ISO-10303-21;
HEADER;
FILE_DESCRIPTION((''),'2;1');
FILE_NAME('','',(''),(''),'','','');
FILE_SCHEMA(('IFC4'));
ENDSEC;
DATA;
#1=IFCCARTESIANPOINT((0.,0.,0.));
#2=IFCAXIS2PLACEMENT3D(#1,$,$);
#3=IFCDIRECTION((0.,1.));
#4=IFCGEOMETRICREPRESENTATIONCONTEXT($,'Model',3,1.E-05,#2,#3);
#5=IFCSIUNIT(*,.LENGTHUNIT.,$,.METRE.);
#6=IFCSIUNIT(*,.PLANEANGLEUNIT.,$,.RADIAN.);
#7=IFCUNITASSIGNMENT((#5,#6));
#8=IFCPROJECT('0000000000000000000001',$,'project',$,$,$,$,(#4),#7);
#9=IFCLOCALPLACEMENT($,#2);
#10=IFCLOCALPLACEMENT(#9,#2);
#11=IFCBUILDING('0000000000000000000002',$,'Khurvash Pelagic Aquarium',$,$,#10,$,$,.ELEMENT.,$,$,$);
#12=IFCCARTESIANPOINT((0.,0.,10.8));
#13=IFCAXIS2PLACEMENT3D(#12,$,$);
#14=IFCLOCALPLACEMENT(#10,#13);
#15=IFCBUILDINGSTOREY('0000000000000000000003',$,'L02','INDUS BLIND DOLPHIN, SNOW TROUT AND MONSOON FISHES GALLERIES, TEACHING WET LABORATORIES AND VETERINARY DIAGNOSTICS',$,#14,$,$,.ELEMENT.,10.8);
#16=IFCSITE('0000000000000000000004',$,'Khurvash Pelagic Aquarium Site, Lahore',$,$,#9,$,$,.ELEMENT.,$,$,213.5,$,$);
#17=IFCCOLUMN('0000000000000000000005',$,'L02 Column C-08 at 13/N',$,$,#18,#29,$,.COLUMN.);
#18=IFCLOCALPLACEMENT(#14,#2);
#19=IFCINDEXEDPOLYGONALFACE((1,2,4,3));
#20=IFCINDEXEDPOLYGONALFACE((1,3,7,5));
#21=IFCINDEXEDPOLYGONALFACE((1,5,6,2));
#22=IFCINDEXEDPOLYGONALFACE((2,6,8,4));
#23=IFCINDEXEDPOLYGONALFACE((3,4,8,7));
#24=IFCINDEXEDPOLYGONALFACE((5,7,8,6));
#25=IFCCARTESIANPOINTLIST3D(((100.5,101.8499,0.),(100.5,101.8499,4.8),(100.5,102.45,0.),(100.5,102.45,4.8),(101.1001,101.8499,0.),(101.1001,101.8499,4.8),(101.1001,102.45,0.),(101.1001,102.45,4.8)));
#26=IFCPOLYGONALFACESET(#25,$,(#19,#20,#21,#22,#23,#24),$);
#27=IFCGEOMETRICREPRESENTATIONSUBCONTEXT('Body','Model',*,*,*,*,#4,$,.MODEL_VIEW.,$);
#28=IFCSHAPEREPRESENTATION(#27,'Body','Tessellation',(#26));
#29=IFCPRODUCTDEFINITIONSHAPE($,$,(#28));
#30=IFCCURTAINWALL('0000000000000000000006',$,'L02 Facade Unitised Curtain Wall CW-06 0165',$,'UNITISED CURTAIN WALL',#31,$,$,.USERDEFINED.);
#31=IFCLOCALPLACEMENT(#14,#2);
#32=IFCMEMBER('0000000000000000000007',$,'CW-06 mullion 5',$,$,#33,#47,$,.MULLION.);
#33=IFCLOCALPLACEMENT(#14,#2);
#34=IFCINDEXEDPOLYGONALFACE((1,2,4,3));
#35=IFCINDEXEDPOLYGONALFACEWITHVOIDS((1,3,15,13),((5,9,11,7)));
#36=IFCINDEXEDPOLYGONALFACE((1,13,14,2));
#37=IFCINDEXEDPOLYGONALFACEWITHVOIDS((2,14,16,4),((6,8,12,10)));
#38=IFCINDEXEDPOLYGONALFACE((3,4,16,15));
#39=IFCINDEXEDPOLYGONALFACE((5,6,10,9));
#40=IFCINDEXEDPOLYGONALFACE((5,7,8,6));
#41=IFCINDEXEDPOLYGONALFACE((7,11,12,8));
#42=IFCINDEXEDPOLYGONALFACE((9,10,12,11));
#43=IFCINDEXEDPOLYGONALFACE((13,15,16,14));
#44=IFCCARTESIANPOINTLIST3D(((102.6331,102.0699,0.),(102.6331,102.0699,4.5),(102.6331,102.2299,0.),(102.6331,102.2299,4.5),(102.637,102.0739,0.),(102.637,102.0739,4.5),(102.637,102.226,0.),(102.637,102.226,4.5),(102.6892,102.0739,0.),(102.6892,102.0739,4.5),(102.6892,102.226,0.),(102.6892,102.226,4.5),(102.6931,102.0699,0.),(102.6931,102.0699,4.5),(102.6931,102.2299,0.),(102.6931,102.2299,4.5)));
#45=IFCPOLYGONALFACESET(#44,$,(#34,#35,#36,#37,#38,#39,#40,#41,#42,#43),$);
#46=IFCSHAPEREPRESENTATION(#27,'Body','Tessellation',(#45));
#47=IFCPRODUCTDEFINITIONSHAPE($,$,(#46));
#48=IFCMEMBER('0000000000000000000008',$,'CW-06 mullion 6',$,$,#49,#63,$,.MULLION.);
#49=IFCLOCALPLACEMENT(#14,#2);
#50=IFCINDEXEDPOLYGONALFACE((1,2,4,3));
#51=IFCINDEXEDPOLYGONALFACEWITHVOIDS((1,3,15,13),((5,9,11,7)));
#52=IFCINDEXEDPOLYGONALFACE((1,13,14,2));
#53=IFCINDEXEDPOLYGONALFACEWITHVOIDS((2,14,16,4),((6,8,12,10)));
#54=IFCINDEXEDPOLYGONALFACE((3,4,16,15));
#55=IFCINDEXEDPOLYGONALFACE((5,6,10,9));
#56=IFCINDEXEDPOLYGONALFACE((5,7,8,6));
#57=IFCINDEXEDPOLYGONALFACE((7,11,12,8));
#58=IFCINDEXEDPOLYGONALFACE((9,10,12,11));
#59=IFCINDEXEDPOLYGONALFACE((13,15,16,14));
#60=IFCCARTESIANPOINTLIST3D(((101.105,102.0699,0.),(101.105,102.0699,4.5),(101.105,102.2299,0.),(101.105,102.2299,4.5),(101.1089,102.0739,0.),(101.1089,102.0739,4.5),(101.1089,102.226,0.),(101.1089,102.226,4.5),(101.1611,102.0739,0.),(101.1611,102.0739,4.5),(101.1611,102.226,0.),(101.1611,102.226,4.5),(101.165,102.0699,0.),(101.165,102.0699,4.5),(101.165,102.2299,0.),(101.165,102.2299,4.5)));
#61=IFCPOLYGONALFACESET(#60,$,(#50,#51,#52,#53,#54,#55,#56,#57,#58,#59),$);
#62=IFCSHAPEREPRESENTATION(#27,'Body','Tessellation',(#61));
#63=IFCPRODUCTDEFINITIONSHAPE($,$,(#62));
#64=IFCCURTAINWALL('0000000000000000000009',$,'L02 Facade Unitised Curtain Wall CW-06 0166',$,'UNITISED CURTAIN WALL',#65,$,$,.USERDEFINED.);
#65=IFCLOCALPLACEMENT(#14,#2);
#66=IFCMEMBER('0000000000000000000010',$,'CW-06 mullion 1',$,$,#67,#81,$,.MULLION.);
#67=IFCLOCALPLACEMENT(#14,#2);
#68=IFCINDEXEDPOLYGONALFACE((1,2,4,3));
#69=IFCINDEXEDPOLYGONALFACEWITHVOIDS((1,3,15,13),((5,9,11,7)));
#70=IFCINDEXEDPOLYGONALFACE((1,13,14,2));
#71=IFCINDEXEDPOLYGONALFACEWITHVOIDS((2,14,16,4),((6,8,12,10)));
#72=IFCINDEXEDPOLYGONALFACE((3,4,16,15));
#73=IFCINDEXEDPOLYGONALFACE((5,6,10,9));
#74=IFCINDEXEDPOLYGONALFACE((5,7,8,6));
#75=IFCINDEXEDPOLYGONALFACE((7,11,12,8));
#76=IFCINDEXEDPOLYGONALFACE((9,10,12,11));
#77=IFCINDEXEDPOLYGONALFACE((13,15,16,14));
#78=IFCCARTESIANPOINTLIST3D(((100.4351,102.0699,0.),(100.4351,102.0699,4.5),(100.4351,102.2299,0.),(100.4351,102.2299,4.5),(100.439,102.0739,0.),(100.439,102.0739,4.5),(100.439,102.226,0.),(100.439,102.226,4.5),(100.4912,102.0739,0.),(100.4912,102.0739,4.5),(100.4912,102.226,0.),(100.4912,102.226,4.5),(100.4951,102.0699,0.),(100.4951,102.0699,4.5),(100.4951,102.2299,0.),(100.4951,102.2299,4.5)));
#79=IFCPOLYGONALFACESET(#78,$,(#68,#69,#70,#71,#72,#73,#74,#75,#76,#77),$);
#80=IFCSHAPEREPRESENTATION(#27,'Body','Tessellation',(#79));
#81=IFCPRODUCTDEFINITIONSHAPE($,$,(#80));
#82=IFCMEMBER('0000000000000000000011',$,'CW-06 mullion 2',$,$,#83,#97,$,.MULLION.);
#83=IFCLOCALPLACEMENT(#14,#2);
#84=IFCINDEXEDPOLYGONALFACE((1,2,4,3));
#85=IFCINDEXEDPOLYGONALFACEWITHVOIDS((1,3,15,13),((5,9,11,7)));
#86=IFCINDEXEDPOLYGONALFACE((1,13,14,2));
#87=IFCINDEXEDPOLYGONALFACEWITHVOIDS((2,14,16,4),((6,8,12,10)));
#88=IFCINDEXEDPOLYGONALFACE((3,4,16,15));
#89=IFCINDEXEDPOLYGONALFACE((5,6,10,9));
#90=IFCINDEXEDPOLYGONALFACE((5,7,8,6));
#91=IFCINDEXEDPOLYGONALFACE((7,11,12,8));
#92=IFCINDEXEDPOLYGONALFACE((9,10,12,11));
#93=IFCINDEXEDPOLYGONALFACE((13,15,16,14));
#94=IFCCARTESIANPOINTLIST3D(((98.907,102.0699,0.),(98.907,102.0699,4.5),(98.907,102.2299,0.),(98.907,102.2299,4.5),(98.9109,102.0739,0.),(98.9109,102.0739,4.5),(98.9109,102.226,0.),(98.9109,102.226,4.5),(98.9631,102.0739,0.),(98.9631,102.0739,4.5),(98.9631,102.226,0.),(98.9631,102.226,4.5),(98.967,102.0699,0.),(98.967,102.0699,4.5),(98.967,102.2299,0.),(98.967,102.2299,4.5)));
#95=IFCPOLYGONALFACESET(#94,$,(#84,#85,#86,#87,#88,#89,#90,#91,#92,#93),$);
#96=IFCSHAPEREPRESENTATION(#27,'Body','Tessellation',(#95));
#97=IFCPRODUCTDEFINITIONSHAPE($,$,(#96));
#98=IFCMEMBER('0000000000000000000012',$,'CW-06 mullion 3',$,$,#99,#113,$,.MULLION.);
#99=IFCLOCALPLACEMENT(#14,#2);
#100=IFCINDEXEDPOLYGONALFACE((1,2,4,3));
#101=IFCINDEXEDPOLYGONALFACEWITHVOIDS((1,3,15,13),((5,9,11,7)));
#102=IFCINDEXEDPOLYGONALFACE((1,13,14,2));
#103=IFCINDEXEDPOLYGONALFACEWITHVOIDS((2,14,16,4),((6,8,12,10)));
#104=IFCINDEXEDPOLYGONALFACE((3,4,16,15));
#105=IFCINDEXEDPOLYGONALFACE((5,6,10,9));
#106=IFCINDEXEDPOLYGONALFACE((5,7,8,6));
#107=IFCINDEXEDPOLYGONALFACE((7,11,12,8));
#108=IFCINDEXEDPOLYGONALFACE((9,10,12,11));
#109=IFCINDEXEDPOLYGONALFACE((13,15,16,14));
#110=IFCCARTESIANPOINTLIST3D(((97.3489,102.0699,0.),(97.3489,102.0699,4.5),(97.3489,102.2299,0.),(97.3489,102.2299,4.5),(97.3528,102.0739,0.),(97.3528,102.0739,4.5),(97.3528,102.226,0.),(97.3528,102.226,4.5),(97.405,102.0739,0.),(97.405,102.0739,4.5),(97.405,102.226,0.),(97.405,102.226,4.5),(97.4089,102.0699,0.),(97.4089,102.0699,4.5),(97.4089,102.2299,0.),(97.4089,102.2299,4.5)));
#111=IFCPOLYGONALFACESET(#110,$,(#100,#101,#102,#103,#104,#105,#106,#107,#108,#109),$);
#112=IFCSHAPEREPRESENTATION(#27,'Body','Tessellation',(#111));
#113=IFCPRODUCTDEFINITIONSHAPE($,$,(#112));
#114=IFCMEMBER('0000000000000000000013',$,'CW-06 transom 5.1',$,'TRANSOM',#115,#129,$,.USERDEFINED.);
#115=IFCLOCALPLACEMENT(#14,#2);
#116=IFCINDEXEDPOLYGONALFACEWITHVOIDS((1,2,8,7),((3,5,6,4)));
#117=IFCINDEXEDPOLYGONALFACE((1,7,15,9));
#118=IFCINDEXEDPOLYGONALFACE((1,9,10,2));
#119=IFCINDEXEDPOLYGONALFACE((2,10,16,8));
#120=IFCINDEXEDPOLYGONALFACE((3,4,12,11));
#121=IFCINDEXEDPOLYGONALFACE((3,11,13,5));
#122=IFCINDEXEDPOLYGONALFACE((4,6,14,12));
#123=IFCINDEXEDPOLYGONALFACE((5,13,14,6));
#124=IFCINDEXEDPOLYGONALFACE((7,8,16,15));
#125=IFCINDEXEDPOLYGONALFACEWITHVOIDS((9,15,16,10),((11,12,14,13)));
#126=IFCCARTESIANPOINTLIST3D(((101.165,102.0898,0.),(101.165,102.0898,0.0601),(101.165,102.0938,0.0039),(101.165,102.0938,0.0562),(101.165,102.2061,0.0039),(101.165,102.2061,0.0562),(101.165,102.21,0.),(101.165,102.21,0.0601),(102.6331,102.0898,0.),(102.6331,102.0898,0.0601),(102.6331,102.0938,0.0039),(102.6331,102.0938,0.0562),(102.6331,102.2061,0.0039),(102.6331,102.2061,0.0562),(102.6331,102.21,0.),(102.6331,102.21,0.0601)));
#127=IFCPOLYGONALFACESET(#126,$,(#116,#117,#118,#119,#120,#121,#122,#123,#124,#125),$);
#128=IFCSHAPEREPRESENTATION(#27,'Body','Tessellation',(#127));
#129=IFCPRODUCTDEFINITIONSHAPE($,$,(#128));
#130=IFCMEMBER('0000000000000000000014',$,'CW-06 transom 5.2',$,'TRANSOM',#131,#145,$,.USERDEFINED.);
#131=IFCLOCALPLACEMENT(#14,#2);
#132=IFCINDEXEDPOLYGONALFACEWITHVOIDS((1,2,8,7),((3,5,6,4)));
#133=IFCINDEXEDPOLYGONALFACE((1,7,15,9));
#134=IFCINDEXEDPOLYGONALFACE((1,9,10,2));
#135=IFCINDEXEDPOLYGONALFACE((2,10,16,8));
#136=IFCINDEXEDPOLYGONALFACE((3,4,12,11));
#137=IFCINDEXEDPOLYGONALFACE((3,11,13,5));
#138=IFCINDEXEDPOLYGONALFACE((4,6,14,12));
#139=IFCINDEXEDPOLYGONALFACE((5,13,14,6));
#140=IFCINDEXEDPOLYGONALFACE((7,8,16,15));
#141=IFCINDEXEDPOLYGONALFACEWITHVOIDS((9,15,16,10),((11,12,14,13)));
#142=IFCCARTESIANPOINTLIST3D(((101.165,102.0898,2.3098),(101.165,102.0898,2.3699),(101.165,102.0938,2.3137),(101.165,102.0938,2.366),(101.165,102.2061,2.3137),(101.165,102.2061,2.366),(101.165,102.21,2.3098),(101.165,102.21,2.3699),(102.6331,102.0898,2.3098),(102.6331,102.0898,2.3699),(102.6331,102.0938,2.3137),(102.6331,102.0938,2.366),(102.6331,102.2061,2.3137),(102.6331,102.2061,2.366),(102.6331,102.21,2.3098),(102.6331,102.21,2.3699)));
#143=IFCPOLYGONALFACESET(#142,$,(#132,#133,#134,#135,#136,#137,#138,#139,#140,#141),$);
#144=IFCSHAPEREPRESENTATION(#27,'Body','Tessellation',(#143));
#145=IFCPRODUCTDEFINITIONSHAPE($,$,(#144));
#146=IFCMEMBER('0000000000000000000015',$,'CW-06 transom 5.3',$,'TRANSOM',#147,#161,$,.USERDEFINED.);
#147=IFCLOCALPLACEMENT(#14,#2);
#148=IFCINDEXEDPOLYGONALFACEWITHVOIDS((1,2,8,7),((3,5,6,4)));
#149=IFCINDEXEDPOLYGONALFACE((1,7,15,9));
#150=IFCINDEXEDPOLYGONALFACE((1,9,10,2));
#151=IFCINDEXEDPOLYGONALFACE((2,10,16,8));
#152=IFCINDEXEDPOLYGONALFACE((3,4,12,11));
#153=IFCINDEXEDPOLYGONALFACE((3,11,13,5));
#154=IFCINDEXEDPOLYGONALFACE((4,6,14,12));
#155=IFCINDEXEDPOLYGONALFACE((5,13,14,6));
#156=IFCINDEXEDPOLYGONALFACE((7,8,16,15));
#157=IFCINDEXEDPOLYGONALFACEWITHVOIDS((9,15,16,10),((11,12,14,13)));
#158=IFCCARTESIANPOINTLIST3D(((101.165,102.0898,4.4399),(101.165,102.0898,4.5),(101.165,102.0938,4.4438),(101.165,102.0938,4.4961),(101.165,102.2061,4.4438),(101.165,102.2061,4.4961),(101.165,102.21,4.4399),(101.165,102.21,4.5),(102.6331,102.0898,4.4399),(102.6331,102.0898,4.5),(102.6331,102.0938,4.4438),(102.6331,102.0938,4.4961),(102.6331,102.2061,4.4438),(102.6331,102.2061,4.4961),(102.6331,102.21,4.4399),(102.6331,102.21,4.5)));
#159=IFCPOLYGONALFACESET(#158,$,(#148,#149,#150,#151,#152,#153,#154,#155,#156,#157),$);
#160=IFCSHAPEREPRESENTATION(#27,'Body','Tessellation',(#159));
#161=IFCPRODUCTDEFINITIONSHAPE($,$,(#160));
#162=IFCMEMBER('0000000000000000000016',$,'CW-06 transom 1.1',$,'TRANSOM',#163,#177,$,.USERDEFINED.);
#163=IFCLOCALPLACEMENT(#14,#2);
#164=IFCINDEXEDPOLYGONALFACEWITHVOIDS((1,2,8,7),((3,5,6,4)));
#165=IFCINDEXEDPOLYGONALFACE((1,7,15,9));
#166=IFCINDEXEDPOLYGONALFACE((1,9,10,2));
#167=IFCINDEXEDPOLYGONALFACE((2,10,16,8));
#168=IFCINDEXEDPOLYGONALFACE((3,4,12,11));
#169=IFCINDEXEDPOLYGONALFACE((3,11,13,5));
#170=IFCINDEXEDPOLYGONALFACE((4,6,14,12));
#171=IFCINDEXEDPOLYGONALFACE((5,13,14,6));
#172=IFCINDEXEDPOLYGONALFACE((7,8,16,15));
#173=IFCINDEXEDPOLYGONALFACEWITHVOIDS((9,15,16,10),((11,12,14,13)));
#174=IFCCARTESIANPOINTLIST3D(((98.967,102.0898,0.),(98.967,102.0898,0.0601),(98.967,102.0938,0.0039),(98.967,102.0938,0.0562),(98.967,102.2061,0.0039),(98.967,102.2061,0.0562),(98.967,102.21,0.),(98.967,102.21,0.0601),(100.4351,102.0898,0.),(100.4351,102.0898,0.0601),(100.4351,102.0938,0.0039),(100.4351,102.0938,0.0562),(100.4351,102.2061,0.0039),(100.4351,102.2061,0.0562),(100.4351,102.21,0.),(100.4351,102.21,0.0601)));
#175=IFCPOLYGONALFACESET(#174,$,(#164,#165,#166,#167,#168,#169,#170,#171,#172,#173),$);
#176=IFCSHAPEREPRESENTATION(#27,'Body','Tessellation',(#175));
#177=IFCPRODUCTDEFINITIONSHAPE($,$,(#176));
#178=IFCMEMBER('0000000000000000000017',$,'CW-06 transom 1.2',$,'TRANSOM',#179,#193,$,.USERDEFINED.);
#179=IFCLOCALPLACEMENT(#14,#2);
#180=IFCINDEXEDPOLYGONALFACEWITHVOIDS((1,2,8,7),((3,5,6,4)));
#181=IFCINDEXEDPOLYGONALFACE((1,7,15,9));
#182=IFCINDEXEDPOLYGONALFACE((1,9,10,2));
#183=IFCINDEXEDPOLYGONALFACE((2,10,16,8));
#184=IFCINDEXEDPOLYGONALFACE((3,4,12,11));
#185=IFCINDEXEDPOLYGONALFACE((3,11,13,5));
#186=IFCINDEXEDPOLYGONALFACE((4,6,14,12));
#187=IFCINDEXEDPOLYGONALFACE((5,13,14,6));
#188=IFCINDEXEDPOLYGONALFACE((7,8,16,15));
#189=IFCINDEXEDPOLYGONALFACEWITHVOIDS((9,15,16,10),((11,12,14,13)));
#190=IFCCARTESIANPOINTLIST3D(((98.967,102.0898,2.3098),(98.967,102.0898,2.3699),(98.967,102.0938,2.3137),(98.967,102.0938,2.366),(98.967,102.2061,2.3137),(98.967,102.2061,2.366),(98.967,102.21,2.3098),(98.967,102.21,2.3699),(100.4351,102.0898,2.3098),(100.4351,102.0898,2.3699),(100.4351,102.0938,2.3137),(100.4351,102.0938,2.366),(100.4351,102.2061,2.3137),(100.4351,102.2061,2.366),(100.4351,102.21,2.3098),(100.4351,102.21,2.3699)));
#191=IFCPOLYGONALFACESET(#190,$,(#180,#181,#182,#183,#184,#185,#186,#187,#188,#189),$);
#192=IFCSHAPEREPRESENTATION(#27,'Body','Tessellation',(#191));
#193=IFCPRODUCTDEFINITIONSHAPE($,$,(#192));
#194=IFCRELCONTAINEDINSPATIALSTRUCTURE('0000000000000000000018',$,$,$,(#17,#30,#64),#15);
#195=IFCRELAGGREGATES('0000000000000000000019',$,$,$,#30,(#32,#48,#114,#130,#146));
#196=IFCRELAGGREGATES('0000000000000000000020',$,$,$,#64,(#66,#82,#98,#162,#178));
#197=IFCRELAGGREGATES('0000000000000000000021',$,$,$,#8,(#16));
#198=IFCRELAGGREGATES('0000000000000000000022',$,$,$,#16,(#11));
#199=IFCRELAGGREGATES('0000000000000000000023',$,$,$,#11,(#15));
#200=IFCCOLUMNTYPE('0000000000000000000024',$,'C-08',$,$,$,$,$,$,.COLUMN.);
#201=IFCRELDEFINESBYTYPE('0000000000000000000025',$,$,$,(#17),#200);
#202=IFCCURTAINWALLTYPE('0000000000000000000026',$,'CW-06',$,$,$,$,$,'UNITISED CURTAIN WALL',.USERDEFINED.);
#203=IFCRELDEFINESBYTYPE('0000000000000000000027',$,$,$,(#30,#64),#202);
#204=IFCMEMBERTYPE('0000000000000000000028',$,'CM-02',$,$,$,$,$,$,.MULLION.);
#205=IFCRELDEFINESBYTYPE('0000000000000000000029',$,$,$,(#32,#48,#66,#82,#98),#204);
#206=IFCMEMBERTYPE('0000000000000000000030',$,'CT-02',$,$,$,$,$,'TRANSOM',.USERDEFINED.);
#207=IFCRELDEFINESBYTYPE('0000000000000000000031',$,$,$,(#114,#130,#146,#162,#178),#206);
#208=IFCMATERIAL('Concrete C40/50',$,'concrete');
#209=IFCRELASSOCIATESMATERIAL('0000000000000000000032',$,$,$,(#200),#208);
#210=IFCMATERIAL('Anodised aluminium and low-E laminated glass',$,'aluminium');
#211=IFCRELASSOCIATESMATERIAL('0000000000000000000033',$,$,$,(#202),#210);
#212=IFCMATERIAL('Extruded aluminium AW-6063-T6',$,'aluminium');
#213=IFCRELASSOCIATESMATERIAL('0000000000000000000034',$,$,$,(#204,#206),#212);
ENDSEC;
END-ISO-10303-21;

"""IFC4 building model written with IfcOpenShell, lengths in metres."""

from ifc_helpers import new_model, si_unit, direction, frame, origin, origin_2d, place, context, subcontext, project, spatial, rectangle, hollow_rectangle, extrude, material, material_profile, profile_set, type_object, element, aggregate, save


model = new_model("IFC4")

# Units and contexts
model_context = context("Model", 3, precision=1e-05, world=origin(), true_north=direction((0.0, 1.0)))
body_context = subcontext(model_context, "Body", "Model", "MODEL_VIEW")
ifc_project = project(units=[si_unit("LENGTHUNIT", "METRE"), si_unit("PLANEANGLEUNIT", "RADIAN")], contexts=[model_context])

# Site, building, storey
site_placement = place(None, origin())
site = spatial("IfcSite", under=ifc_project, at=site_placement, Name="Khurvash Pelagic Aquarium Site, Lahore", CompositionType="ELEMENT", RefElevation=213.5)
building_placement = place(site_placement, origin())
building = spatial("IfcBuilding", under=site, at=building_placement, Name="Khurvash Pelagic Aquarium", CompositionType="ELEMENT")
storey_placement = place(building_placement, frame((0.0, 0.0, 10.8)))
storey = spatial("IfcBuildingStorey", under=building, at=storey_placement, Name="L02", Description="INDUS BLIND DOLPHIN, SNOW TROUT AND MONSOON FISHES GALLERIES, TEACHING WET LABORATORIES AND VETERINARY DIAGNOSTICS", CompositionType="ELEMENT", Elevation=10.8)

# Column
ifc_material_1 = material(Name="Concrete C40/50", Category="concrete")
ifc_material_profile_1 = material_profile(ifc_material_1, rectangle(XDim=0.6001, YDim=0.6001, at=origin_2d()), Name="RC600X600")
ifc_profile_set_1 = profile_set([ifc_material_profile_1], Name="Concrete C40/50")
column_type = type_object("IfcColumnType", Name="C-08", PredefinedType="COLUMN", material=ifc_profile_set_1)
column_placement = place(storey_placement, frame((100.8, 102.1499, 0.0), z_axis=(0.0, 0.0, 1.0), x_axis=(1.0, 0.0, 0.0)))
element("IfcColumn", 1, at=column_placement, inside=storey, type_object=column_type, Name="L02 Column C-08 at 13/N", PredefinedType="COLUMN", context=body_context, shape_type="SweptSolid", body=[
    extrude(rectangle(XDim=0.6001, YDim=0.6001, at=origin_2d()), origin(), (0.0, 0.0, 1.0), 4.8),
])

# Curtain walls, members
ifc_material_2 = material(Name="Anodised aluminium and low-E laminated glass", Category="aluminium")
curtain_wall_type = type_object("IfcCurtainWallType", Name="CW-06", ElementType="UNITISED CURTAIN WALL", PredefinedType="USERDEFINED", material=ifc_material_2)
curtain_wall_1_placement = place(storey_placement, origin())
curtain_wall_1 = element("IfcCurtainWall", 2, at=curtain_wall_1_placement, inside=storey, type_object=curtain_wall_type, Name="L02 Facade Unitised Curtain Wall CW-06 0165", ObjectType="UNITISED CURTAIN WALL", PredefinedType="USERDEFINED")
ifc_material_3 = material(Name="Extruded aluminium AW-6063-T6", Category="aluminium")
ifc_material_profile_2 = material_profile(ifc_material_3, hollow_rectangle(XDim=0.0601, YDim=0.1599, WallThickness=0.0039, at=origin_2d()), Name="CWM60X160X4")
ifc_profile_set_2 = profile_set([ifc_material_profile_2], Name="Extruded aluminium AW-6063-T6")
member_type_1 = type_object("IfcMemberType", Name="CM-02", PredefinedType="MULLION", material=ifc_profile_set_2)
member_1_placement = place(storey_placement, frame((102.6631, 102.1499, 0.0), z_axis=(0.0, 0.0, 1.0), x_axis=(-1.0, 0.0, 0.0)))
member_1 = element("IfcMember", 3, at=member_1_placement, type_object=member_type_1, Name="CW-06 mullion 5", PredefinedType="MULLION", context=body_context, shape_type="SweptSolid", body=[
    extrude(hollow_rectangle(XDim=0.0601, YDim=0.1599, WallThickness=0.0039, at=origin_2d()), origin(), (0.0, 0.0, 1.0), 4.5),
])
member_2_placement = place(storey_placement, frame((101.135, 102.1499, 0.0), z_axis=(0.0, 0.0, 1.0), x_axis=(-1.0, 0.0, 0.0)))
member_2 = element("IfcMember", 4, at=member_2_placement, type_object=member_type_1, Name="CW-06 mullion 6", PredefinedType="MULLION", context=body_context, shape_type="SweptSolid", body=[
    extrude(hollow_rectangle(XDim=0.0601, YDim=0.1599, WallThickness=0.0039, at=origin_2d()), origin(), (0.0, 0.0, 1.0), 4.5),
])
curtain_wall_2_placement = place(storey_placement, origin())
curtain_wall_2 = element("IfcCurtainWall", 5, at=curtain_wall_2_placement, inside=storey, type_object=curtain_wall_type, Name="L02 Facade Unitised Curtain Wall CW-06 0166", ObjectType="UNITISED CURTAIN WALL", PredefinedType="USERDEFINED")
member_3_placement = place(storey_placement, frame((100.4651, 102.1499, 0.0), z_axis=(0.0, 0.0, 1.0), x_axis=(-1.0, 0.0, 0.0)))
member_3 = element("IfcMember", 6, at=member_3_placement, type_object=member_type_1, Name="CW-06 mullion 1", PredefinedType="MULLION", context=body_context, shape_type="SweptSolid", body=[
    extrude(hollow_rectangle(XDim=0.0601, YDim=0.1599, WallThickness=0.0039, at=origin_2d()), origin(), (0.0, 0.0, 1.0), 4.5),
])
member_4_placement = place(storey_placement, frame((98.937, 102.1499, 0.0), z_axis=(0.0, 0.0, 1.0), x_axis=(-1.0, 0.0, 0.0)))
member_4 = element("IfcMember", 7, at=member_4_placement, type_object=member_type_1, Name="CW-06 mullion 2", PredefinedType="MULLION", context=body_context, shape_type="SweptSolid", body=[
    extrude(hollow_rectangle(XDim=0.0601, YDim=0.1599, WallThickness=0.0039, at=origin_2d()), origin(), (0.0, 0.0, 1.0), 4.5),
])
member_5_placement = place(storey_placement, frame((97.3789, 102.1499, 0.0), z_axis=(0.0, 0.0, 1.0), x_axis=(-1.0, 0.0, 0.0)))
member_5 = element("IfcMember", 8, at=member_5_placement, type_object=member_type_1, Name="CW-06 mullion 3", PredefinedType="MULLION", context=body_context, shape_type="SweptSolid", body=[
    extrude(hollow_rectangle(XDim=0.0601, YDim=0.1599, WallThickness=0.0039, at=origin_2d()), origin(), (0.0, 0.0, 1.0), 4.5),
])

# Members
ifc_material_profile_3 = material_profile(ifc_material_3, hollow_rectangle(XDim=0.1201, YDim=0.0601, WallThickness=0.0039, at=origin_2d()), Name="CWT120X60X4")
ifc_profile_set_3 = profile_set([ifc_material_profile_3], Name="Extruded aluminium AW-6063-T6")
member_type_2 = type_object("IfcMemberType", Name="CT-02", ElementType="TRANSOM", PredefinedType="USERDEFINED", material=ifc_profile_set_3)
member_6_placement = place(storey_placement, frame((102.6331, 102.1499, 0.03), z_axis=(-1.0, 0.0, 0.0), x_axis=(0.0, -1.0, 0.0)))
member_6 = element("IfcMember", 9, at=member_6_placement, type_object=member_type_2, Name="CW-06 transom 5.1", ObjectType="TRANSOM", PredefinedType="USERDEFINED", context=body_context, shape_type="SweptSolid", body=[
    extrude(hollow_rectangle(XDim=0.1201, YDim=0.0601, WallThickness=0.0039, at=origin_2d()), origin(), (0.0, 0.0, 1.0), 1.468),
])
member_7_placement = place(storey_placement, frame((102.6331, 102.1499, 2.3398), z_axis=(-1.0, 0.0, 0.0), x_axis=(0.0, -1.0, 0.0)))
member_7 = element("IfcMember", 10, at=member_7_placement, type_object=member_type_2, Name="CW-06 transom 5.2", ObjectType="TRANSOM", PredefinedType="USERDEFINED", context=body_context, shape_type="SweptSolid", body=[
    extrude(hollow_rectangle(XDim=0.1201, YDim=0.0601, WallThickness=0.0039, at=origin_2d()), origin(), (0.0, 0.0, 1.0), 1.468),
])
member_8_placement = place(storey_placement, frame((102.6331, 102.1499, 4.47), z_axis=(-1.0, 0.0, 0.0), x_axis=(0.0, -1.0, 0.0)))
member_8 = element("IfcMember", 11, at=member_8_placement, type_object=member_type_2, Name="CW-06 transom 5.3", ObjectType="TRANSOM", PredefinedType="USERDEFINED", context=body_context, shape_type="SweptSolid", body=[
    extrude(hollow_rectangle(XDim=0.1201, YDim=0.0601, WallThickness=0.0039, at=origin_2d()), origin(), (0.0, 0.0, 1.0), 1.468),
])
member_9_placement = place(storey_placement, frame((100.4351, 102.1499, 0.03), z_axis=(-1.0, 0.0, 0.0), x_axis=(0.0, -1.0, 0.0)))
member_9 = element("IfcMember", 12, at=member_9_placement, type_object=member_type_2, Name="CW-06 transom 1.1", ObjectType="TRANSOM", PredefinedType="USERDEFINED", context=body_context, shape_type="SweptSolid", body=[
    extrude(hollow_rectangle(XDim=0.1201, YDim=0.0601, WallThickness=0.0039, at=origin_2d()), origin(), (0.0, 0.0, 1.0), 1.468),
])
member_10_placement = place(storey_placement, frame((100.4351, 102.1499, 2.3398), z_axis=(-1.0, 0.0, 0.0), x_axis=(0.0, -1.0, 0.0)))
member_10 = element("IfcMember", 13, at=member_10_placement, type_object=member_type_2, Name="CW-06 transom 1.2", ObjectType="TRANSOM", PredefinedType="USERDEFINED", context=body_context, shape_type="SweptSolid", body=[
    extrude(hollow_rectangle(XDim=0.1201, YDim=0.0601, WallThickness=0.0039, at=origin_2d()), origin(), (0.0, 0.0, 1.0), 1.468),
])

aggregate(curtain_wall_1, [member_1, member_2, member_6, member_7, member_8])
aggregate(curtain_wall_2, [member_3, member_4, member_5, member_9, member_10])

save(model, "model.ifc")
